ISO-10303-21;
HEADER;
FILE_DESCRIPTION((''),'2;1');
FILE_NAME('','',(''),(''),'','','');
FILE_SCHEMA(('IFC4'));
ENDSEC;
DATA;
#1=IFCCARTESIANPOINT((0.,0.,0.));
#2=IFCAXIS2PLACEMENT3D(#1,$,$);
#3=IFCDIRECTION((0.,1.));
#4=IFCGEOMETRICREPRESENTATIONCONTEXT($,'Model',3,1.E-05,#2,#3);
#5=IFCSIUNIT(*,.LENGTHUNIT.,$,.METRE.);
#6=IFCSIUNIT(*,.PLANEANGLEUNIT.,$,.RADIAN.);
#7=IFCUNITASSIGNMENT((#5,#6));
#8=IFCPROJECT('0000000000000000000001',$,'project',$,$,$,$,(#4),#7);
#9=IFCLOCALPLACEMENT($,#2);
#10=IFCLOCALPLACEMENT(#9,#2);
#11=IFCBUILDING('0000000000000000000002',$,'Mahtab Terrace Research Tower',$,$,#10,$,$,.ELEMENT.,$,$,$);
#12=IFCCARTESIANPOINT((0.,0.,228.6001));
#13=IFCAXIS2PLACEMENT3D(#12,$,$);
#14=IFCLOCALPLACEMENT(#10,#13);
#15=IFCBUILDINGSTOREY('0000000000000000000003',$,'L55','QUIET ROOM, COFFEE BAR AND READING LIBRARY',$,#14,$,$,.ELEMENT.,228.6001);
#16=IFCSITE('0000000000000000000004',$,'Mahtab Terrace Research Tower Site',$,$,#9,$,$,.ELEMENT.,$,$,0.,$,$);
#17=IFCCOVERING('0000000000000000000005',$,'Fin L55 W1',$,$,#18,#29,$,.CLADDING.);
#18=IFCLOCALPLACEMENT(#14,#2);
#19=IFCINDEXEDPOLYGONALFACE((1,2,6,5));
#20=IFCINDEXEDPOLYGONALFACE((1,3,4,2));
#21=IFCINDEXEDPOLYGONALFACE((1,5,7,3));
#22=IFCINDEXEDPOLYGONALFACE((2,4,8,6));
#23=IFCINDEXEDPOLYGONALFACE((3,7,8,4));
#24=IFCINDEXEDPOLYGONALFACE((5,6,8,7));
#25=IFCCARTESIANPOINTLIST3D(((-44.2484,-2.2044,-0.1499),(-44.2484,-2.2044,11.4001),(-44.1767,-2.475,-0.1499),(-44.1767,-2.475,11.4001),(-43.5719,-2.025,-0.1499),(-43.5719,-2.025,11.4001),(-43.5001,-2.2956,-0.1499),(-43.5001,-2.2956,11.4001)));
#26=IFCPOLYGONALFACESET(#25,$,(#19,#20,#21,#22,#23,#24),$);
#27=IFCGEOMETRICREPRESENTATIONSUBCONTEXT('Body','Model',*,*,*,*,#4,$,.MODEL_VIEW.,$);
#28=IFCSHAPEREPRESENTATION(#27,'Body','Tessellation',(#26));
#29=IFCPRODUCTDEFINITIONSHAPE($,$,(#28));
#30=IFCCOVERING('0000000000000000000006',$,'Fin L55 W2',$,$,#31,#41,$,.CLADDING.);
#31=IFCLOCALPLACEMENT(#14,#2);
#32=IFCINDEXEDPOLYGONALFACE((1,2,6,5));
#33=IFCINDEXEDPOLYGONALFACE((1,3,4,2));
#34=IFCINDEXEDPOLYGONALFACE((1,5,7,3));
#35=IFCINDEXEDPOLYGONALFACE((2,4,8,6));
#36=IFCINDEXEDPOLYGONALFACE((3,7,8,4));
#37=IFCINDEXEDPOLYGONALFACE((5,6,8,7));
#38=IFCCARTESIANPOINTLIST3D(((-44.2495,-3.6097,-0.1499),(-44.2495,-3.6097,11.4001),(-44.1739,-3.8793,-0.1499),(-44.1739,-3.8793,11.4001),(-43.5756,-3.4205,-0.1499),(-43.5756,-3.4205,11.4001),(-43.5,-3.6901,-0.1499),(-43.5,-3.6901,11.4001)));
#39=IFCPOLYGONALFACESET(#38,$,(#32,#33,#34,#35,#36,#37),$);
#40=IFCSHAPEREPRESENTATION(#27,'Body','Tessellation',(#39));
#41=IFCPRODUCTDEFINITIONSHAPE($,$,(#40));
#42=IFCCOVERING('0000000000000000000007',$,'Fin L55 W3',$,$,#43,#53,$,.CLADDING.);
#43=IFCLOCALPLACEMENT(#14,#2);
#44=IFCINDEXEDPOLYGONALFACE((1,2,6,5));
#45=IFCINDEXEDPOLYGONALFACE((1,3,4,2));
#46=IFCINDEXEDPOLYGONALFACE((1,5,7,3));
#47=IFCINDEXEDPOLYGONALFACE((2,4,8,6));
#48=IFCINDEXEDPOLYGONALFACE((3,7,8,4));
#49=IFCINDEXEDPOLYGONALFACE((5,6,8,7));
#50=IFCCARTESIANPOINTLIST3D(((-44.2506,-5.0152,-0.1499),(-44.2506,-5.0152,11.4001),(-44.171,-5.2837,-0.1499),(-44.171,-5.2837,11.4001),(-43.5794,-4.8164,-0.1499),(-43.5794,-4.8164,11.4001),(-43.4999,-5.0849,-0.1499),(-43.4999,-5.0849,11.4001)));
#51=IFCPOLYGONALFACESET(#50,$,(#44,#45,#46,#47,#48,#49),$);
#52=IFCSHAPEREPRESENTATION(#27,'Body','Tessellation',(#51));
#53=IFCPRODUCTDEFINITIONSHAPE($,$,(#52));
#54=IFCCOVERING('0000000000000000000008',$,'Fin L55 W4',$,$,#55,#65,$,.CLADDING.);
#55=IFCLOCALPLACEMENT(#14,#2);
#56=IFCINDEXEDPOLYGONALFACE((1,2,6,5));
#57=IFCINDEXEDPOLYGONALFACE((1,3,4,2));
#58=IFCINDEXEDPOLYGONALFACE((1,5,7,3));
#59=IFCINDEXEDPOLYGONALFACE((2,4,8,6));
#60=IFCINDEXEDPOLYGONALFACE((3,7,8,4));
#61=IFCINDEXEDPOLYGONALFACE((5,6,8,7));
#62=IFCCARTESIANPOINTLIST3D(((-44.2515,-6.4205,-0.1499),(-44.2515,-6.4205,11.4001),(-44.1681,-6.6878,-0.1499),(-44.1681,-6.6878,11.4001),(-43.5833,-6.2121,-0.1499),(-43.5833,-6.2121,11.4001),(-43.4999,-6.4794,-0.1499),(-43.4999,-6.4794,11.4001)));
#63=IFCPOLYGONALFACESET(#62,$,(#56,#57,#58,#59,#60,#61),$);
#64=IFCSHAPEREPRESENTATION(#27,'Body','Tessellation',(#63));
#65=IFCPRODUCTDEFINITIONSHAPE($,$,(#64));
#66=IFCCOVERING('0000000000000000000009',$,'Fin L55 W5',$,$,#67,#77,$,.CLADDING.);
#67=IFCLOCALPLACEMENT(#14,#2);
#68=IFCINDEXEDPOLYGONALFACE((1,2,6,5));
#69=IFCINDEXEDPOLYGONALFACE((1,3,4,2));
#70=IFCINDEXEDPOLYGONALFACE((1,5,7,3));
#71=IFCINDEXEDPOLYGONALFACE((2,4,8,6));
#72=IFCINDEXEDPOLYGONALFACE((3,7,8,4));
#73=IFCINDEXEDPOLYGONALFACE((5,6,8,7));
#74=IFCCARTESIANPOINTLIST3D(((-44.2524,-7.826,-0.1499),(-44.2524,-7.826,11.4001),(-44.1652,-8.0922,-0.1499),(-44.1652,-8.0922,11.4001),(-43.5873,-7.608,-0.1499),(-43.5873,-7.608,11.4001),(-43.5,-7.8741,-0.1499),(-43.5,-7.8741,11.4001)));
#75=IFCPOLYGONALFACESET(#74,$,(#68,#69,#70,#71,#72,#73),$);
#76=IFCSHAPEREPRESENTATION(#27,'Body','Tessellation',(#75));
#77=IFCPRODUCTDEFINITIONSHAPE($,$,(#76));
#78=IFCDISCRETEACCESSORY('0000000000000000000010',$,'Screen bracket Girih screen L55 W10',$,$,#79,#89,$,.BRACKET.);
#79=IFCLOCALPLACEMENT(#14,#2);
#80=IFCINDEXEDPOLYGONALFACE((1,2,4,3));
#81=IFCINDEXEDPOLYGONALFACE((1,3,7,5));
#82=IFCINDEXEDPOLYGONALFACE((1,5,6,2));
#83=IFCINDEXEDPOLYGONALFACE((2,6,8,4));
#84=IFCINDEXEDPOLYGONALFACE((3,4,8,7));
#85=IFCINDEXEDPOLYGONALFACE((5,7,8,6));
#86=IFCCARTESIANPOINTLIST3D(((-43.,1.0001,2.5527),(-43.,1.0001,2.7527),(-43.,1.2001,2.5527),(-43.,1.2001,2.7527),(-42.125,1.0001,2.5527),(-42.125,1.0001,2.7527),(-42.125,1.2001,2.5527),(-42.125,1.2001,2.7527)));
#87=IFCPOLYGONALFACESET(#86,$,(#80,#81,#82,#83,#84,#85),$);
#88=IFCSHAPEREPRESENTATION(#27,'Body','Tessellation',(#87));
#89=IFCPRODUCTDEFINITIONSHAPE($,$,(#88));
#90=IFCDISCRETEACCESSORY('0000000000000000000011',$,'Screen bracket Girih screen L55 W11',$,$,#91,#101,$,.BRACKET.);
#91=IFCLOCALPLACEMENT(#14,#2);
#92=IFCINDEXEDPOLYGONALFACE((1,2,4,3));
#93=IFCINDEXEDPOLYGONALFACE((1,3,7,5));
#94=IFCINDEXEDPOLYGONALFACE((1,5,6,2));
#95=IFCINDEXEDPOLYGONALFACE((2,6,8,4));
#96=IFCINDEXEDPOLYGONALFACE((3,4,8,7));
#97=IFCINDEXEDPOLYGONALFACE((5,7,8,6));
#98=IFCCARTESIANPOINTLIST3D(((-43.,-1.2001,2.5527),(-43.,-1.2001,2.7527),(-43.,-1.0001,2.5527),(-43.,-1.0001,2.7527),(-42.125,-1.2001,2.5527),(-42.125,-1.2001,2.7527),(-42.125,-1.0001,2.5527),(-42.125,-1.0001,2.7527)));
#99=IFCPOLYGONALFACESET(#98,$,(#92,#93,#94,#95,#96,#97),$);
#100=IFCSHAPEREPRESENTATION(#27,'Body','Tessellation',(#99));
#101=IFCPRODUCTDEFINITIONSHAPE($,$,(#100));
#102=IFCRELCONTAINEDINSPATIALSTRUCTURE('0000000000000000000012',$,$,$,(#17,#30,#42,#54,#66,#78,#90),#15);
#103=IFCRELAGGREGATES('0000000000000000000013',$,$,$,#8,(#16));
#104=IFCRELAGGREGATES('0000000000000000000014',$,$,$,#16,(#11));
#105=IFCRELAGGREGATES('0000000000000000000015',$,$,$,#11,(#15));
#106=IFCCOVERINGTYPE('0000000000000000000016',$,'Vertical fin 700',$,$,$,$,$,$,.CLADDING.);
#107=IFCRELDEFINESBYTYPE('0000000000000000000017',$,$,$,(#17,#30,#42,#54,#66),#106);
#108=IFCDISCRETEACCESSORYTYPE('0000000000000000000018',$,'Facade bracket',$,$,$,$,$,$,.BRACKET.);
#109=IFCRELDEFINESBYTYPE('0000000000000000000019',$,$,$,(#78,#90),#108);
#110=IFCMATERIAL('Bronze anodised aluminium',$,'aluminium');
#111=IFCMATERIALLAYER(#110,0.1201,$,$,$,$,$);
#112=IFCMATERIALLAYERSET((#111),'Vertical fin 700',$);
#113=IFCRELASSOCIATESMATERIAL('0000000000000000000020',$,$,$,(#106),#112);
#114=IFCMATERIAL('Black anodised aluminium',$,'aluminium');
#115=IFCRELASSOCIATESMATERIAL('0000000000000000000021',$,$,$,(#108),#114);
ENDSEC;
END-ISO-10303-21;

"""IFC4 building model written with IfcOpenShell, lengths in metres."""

from ifc_helpers import new_model, si_unit, direction, frame, origin, origin_2d, place, context, subcontext, project, spatial, rectangle, extrude, material, layer, layer_set, type_object, element, save


model = new_model("IFC4")

# Units and contexts
model_context = context("Model", 3, precision=1e-05, world=origin(), true_north=direction((0.0, 1.0)))
body_context = subcontext(model_context, "Body", "Model", "MODEL_VIEW")
ifc_project = project(units=[si_unit("LENGTHUNIT", "METRE"), si_unit("PLANEANGLEUNIT", "RADIAN")], contexts=[model_context])

# Site, building, storey
site_placement = place(None, origin())
site = spatial("IfcSite", under=ifc_project, at=site_placement, Name="Mahtab Terrace Research Tower Site", CompositionType="ELEMENT", RefElevation=0.0)
building_placement = place(site_placement, origin())
building = spatial("IfcBuilding", under=site, at=building_placement, Name="Mahtab Terrace Research Tower", CompositionType="ELEMENT")
storey_placement = place(building_placement, frame((0.0, 0.0, 228.6001)))
storey = spatial("IfcBuildingStorey", under=building, at=storey_placement, Name="L55", Description="QUIET ROOM, COFFEE BAR AND READING LIBRARY", CompositionType="ELEMENT", Elevation=228.6001)

# Coverings
ifc_material_1 = material(Name="Bronze anodised aluminium", Category="aluminium")
ifc_layer_1 = layer(ifc_material_1, 0.1201)
ifc_layer_set_1 = layer_set([ifc_layer_1], Name="Vertical fin 700")
covering_type_1 = type_object("IfcCoveringType", Name="Vertical fin 700", PredefinedType="CLADDING", material=ifc_layer_set_1)
for number, where, z_axis, x_axis, name in (
    (1, (-43.8743, -2.25, -0.1499), (0.0, 0.0, 1.0), (0.256339, -0.966587, 0.0), "Fin L55 W1"),
    (2, (-43.8748, -3.6499, -0.1499), (0.0, 0.0, 1.0), (0.270205, -0.962803, 0.0), "Fin L55 W2"),
    (3, (-43.8752, -5.05, -0.1499), (0.0, 0.0, 1.0), (0.284015, -0.95882, 0.0), "Fin L55 W3"),
    (4, (-43.8757, -6.45, -0.1499), (0.0, 0.0, 1.0), (0.297767, -0.954639, 0.0), "Fin L55 W4"),
    (5, (-43.8762, -7.8501, -0.1499), (0.0, 0.0, 1.0), (0.311457, -0.95026, 0.0), "Fin L55 W5"),
):
    element("IfcCovering", number, at=place(storey_placement, frame(where, z_axis=z_axis, x_axis=x_axis)), inside=storey, type_object=covering_type_1, Name=name, PredefinedType="CLADDING", context=body_context, shape_type="SweptSolid", body=[
        extrude(rectangle(XDim=0.28, YDim=0.7, at=origin_2d()), origin(), (0.0, 0.0, 1.0), 11.55),
    ])

# Discrete accessories
ifc_material_2 = material(Name="Black anodised aluminium", Category="aluminium")
discrete_accessory_type = type_object("IfcDiscreteAccessoryType", Name="Facade bracket", PredefinedType="BRACKET", material=ifc_material_2)
for number, where, z_axis, x_axis, name in (
    (6, (-42.5625, 1.1001, 2.5527), (0.0, 0.0, 1.0), (0.0, -1.0, 0.0), "Screen bracket Girih screen L55 W10"),
    (7, (-42.5625, -1.1001, 2.5527), (0.0, 0.0, 1.0), (0.0, -1.0, 0.0), "Screen bracket Girih screen L55 W11"),
):
    element("IfcDiscreteAccessory", number, at=place(storey_placement, frame(where, z_axis=z_axis, x_axis=x_axis)), inside=storey, type_object=discrete_accessory_type, Name=name, PredefinedType="BRACKET", context=body_context, shape_type="SweptSolid", body=[
        extrude(rectangle(XDim=0.2, YDim=0.875, at=origin_2d()), origin(), (0.0, 0.0, 1.0), 0.2),
    ])

save(model, "model.ifc")
